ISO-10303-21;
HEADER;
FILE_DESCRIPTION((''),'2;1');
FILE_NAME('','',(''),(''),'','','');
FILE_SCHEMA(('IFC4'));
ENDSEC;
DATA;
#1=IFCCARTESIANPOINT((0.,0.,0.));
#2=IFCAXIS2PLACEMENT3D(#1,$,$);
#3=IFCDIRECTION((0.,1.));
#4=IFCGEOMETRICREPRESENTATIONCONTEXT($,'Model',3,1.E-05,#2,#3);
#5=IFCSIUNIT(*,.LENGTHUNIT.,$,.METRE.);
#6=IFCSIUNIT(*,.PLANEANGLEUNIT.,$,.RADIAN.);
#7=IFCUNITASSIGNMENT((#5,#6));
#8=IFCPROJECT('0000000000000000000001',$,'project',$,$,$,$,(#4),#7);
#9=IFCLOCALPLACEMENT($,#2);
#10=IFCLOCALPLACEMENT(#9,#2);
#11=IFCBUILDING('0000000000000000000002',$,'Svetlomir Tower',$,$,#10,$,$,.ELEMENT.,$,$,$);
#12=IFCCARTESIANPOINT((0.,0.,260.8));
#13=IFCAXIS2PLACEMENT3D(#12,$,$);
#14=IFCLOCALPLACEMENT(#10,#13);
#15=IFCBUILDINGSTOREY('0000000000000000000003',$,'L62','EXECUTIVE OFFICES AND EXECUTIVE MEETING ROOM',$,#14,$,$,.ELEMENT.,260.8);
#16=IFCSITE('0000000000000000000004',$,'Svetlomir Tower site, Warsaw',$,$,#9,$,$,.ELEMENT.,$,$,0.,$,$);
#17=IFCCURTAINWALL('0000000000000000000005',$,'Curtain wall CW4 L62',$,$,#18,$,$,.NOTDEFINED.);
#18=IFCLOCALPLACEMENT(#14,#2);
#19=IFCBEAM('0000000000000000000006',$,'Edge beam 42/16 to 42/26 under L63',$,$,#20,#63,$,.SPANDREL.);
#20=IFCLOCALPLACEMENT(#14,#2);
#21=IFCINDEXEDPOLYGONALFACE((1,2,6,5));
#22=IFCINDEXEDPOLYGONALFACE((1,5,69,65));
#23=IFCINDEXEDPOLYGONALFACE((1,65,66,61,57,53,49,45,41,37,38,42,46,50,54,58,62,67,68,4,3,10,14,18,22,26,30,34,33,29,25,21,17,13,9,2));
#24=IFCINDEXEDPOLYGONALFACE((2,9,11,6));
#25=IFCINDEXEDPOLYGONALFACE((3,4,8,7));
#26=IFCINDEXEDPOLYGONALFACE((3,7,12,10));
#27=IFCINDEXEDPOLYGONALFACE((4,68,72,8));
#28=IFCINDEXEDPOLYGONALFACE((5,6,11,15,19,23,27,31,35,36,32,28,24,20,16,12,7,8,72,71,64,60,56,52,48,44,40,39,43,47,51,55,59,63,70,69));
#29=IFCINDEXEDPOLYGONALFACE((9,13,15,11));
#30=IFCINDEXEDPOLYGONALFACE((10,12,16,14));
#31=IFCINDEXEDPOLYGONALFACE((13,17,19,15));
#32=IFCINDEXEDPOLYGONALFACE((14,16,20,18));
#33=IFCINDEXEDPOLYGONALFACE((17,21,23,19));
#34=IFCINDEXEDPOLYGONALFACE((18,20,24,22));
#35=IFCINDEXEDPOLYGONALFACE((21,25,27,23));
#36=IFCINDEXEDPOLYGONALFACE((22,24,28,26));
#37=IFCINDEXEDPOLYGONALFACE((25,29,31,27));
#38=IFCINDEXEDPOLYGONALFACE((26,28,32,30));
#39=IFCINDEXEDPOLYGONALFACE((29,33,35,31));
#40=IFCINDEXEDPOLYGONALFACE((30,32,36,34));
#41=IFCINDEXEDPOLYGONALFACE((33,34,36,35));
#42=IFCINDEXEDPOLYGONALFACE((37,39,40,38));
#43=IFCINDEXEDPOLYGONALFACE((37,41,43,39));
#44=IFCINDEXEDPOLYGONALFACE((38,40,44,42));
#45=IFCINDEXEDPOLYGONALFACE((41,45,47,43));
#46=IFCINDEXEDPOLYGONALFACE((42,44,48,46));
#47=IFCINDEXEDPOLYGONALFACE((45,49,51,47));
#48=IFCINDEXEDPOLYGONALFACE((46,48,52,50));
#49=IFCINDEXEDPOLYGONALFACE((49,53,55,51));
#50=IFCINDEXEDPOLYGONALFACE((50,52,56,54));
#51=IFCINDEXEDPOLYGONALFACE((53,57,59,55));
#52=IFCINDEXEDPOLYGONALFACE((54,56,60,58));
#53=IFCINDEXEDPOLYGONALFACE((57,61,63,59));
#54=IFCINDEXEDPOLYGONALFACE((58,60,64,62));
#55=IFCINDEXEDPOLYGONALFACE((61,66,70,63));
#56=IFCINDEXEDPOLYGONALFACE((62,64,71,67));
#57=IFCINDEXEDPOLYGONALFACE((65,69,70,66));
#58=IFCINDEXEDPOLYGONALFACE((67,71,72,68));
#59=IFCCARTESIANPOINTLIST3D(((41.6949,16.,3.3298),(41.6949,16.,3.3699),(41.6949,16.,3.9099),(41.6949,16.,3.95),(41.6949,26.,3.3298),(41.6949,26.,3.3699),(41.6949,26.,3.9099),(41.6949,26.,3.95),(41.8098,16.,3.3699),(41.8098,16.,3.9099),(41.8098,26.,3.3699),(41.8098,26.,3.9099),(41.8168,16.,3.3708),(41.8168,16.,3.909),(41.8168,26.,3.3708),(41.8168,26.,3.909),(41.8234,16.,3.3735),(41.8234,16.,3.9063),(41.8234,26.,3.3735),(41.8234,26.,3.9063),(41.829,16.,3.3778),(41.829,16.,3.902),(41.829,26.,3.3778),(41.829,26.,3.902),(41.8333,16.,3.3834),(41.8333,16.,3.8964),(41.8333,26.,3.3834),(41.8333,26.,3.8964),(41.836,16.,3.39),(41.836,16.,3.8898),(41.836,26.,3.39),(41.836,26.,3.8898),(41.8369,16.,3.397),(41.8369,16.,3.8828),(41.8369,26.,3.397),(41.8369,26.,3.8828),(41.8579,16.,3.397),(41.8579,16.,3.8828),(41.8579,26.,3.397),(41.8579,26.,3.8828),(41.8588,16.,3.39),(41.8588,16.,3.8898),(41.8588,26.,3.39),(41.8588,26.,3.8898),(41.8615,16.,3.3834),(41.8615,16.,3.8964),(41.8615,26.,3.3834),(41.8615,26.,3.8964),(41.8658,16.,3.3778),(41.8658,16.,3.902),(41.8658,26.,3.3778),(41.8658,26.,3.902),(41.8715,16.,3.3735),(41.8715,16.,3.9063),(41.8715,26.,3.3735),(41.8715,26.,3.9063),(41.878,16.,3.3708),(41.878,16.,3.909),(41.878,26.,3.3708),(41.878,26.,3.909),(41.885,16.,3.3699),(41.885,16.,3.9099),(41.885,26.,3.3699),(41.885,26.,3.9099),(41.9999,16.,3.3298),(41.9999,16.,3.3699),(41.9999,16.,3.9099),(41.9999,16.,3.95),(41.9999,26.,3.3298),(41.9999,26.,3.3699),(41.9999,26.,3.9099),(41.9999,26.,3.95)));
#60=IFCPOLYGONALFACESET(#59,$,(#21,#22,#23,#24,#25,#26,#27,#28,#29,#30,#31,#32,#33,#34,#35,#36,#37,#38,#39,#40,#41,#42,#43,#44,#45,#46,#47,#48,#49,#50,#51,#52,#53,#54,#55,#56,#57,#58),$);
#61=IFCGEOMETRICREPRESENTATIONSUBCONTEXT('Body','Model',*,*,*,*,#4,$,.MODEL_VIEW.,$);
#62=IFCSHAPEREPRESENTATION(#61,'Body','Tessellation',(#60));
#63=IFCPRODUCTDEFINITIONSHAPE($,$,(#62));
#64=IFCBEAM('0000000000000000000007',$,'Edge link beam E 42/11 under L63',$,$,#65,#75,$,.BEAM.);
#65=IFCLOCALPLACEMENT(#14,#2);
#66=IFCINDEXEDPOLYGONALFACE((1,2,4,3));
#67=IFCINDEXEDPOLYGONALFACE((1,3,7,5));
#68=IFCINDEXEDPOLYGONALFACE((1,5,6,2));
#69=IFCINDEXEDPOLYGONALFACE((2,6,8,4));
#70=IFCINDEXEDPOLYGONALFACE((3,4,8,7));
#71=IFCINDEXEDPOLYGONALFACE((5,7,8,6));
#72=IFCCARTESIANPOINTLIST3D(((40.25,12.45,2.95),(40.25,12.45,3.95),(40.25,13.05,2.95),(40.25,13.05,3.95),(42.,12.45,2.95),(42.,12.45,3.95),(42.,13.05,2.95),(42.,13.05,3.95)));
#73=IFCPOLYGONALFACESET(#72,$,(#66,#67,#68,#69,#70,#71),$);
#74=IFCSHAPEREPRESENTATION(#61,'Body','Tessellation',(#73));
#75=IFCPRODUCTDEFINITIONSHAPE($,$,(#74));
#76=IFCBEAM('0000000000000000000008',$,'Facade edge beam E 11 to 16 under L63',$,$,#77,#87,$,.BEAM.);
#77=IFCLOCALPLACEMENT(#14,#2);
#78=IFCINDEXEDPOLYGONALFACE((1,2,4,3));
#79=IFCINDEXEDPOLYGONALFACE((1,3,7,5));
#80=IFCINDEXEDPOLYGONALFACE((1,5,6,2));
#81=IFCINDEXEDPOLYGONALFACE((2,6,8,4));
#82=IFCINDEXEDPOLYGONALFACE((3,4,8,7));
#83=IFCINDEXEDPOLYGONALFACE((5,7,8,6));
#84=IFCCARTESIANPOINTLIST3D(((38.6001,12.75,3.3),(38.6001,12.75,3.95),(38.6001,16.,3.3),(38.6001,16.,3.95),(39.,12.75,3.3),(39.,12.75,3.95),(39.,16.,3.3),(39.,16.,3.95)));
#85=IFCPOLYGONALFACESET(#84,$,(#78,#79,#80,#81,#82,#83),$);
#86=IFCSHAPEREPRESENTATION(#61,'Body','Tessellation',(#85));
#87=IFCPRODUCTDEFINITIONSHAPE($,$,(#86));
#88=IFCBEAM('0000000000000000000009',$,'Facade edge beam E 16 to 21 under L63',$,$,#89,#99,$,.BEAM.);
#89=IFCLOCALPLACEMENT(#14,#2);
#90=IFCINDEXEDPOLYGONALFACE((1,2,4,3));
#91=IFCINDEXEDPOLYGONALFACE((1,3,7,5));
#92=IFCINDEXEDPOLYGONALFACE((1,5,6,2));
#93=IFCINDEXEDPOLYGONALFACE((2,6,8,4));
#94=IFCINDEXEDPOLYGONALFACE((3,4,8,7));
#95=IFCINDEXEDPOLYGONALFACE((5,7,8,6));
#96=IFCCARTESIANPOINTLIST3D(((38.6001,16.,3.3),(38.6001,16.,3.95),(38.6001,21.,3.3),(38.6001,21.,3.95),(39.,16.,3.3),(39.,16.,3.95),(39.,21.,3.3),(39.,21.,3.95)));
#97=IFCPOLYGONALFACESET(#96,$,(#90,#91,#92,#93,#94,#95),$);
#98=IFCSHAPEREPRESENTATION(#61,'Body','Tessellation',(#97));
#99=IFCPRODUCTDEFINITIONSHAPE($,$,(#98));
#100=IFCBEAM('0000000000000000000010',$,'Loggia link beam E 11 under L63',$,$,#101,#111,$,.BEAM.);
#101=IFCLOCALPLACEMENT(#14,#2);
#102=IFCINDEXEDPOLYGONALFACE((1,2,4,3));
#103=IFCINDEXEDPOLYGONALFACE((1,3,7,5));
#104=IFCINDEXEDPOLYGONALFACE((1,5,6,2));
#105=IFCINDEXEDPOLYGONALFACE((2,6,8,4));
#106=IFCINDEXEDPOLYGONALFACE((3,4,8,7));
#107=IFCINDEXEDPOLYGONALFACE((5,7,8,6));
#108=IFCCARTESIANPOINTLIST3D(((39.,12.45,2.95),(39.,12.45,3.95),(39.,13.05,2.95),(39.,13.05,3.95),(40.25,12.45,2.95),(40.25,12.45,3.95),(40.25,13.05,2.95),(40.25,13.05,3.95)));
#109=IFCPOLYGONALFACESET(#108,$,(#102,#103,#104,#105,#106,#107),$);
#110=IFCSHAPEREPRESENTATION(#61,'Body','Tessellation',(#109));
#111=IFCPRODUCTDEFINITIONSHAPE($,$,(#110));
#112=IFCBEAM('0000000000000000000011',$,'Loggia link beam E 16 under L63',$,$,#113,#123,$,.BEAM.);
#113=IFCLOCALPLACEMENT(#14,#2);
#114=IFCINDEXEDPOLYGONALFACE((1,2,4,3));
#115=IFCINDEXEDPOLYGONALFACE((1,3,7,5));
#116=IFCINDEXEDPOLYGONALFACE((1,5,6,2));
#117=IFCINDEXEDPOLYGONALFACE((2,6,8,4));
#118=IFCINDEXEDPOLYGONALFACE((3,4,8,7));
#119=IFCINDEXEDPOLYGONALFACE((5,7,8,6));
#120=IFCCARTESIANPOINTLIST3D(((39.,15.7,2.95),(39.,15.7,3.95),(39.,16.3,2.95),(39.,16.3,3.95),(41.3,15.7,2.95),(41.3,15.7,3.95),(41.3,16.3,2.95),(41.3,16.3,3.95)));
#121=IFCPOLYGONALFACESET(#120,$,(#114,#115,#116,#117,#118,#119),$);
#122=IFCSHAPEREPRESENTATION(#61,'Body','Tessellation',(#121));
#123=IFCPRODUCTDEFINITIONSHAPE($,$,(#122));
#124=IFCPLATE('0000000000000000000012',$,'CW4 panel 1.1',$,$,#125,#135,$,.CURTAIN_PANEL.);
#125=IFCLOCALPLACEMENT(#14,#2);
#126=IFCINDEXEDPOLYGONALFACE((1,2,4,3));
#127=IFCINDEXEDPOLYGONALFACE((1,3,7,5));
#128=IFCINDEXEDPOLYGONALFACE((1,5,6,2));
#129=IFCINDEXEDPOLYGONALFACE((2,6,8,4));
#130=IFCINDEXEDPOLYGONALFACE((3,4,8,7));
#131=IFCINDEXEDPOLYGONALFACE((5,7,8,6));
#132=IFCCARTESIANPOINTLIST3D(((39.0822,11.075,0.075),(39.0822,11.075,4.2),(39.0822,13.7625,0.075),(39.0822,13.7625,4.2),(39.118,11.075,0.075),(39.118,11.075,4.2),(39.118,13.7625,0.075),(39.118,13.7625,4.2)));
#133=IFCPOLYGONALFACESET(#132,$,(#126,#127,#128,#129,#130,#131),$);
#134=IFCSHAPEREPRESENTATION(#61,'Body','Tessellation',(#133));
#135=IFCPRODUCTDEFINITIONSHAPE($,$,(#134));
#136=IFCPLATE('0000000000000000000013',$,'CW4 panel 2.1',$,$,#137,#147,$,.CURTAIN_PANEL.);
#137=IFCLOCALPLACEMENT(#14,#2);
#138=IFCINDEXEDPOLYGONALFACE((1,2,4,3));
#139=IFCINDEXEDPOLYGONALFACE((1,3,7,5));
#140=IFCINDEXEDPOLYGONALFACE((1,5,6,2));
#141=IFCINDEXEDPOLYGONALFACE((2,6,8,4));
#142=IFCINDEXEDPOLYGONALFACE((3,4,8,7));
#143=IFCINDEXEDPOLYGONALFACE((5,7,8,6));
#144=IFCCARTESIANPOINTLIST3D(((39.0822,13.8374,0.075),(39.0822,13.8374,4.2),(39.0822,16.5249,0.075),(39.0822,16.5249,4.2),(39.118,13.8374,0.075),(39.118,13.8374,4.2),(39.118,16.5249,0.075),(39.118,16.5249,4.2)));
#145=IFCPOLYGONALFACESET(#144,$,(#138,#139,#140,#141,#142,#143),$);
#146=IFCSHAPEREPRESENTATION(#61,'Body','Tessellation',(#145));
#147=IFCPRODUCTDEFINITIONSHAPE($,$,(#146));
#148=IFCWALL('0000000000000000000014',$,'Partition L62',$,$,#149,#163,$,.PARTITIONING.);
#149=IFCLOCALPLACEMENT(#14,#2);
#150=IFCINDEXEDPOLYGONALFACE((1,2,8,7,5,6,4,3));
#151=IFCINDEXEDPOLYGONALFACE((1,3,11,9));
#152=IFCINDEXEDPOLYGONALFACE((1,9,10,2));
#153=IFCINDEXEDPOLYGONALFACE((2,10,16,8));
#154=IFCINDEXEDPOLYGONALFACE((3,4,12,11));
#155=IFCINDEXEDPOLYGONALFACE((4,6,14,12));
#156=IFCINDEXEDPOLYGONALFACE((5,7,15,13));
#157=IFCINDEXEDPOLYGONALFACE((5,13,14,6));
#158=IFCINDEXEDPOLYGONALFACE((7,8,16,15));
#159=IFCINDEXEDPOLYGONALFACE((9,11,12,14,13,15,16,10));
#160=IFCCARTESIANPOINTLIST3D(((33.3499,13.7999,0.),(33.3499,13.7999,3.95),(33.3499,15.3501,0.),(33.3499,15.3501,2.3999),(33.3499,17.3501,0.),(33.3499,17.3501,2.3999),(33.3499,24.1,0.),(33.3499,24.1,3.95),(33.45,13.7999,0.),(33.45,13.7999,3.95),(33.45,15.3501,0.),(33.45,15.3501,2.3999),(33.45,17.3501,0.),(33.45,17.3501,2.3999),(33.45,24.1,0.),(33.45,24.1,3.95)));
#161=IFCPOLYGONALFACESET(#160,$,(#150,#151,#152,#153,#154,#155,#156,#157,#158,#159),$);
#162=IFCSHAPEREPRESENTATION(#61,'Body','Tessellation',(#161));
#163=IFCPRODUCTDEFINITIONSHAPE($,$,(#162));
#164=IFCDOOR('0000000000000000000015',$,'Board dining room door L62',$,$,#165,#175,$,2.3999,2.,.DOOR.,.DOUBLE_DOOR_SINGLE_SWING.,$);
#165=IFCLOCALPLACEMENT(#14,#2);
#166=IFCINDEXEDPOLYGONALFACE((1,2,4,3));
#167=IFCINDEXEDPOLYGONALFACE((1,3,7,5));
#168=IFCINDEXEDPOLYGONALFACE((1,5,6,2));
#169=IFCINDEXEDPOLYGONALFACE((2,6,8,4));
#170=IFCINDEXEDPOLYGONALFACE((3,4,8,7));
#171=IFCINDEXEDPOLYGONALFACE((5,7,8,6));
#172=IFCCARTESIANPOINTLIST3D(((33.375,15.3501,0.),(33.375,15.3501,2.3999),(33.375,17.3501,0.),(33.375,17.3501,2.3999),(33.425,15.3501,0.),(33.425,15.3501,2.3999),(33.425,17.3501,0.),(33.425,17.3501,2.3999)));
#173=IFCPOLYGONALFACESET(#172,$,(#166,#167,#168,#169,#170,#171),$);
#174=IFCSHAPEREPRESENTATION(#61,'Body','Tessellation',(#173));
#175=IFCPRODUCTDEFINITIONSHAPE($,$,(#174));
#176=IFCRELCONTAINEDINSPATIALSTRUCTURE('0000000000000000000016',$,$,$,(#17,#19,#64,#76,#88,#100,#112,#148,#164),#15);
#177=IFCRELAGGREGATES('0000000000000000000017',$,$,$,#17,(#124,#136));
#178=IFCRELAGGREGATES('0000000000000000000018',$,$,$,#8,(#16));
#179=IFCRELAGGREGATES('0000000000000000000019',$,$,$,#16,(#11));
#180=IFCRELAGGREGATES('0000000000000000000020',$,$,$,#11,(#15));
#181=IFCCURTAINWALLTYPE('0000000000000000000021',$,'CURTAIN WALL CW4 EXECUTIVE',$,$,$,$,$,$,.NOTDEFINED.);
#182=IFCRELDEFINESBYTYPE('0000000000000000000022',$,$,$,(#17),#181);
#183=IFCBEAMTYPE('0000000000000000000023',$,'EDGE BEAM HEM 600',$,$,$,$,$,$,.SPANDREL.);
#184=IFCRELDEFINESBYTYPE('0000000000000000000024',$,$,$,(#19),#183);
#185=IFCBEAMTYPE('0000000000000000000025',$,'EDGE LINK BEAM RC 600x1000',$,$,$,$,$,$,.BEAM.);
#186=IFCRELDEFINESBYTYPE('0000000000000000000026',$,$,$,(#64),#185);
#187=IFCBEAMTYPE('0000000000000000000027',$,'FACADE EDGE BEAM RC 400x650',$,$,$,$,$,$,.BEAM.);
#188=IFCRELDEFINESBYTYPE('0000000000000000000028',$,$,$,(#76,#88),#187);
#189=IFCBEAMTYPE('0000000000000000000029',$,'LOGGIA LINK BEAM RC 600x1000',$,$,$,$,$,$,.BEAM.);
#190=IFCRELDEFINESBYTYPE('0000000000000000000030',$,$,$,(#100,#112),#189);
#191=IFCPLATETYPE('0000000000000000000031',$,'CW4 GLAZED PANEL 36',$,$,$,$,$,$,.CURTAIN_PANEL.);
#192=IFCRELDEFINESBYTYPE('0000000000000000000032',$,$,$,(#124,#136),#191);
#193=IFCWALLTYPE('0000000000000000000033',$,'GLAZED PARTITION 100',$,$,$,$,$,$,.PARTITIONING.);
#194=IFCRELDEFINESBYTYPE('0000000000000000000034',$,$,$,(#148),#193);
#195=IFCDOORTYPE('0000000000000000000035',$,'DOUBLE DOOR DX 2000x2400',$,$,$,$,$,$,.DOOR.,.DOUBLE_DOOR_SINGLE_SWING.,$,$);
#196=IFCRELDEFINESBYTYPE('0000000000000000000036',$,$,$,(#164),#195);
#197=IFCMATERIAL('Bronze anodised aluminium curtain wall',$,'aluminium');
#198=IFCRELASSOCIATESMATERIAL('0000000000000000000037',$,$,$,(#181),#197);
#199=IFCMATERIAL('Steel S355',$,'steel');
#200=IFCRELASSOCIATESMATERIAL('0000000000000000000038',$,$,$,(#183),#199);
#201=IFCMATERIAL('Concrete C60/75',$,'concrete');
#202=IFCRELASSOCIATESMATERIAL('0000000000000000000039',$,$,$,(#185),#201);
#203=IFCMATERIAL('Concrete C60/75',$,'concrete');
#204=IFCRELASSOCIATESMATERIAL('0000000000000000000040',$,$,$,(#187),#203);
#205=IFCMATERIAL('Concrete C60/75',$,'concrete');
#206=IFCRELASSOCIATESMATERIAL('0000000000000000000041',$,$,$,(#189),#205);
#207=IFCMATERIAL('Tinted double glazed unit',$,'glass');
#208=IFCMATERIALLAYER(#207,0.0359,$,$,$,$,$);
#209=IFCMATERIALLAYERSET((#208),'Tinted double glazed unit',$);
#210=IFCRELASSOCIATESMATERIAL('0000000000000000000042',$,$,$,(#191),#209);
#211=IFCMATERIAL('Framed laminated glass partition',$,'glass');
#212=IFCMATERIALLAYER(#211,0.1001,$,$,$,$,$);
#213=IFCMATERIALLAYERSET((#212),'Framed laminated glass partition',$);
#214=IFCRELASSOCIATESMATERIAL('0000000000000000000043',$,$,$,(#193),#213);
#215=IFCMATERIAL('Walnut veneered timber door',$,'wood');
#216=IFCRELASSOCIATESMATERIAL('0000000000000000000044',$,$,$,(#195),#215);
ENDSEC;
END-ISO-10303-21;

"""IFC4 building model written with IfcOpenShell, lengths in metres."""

from ifc_helpers import new_model, si_unit, direction, frame, frame_2d, origin, origin_2d, place, context, subcontext, project, spatial, rectangle, i_section, extrude, material, layer, layer_set, material_profile, profile_set, type_object, element, fill, aggregate, save


model = new_model("IFC4")

# Units and contexts
model_context = context("Model", 3, precision=1e-05, world=origin(), true_north=direction((0.0, 1.0)))
body_context = subcontext(model_context, "Body", "Model", "MODEL_VIEW")
ifc_project = project(units=[si_unit("LENGTHUNIT", "METRE"), si_unit("PLANEANGLEUNIT", "RADIAN")], contexts=[model_context])

# Site, building, storey
site_placement = place(None, origin())
site = spatial("IfcSite", under=ifc_project, at=site_placement, Name="Svetlomir Tower site, Warsaw", CompositionType="ELEMENT", RefElevation=0.0)
building_placement = place(site_placement, origin())
building = spatial("IfcBuilding", under=site, at=building_placement, Name="Svetlomir Tower", CompositionType="ELEMENT")
storey_placement = place(building_placement, frame((0.0, 0.0, 260.8)))
storey = spatial("IfcBuildingStorey", under=building, at=storey_placement, Name="L62", Description="EXECUTIVE OFFICES AND EXECUTIVE MEETING ROOM", CompositionType="ELEMENT", Elevation=260.8)

# Curtain wall
ifc_material_1 = material(Name="Bronze anodised aluminium curtain wall", Category="aluminium")
curtain_wall_type = type_object("IfcCurtainWallType", Name="CURTAIN WALL CW4 EXECUTIVE", PredefinedType="NOTDEFINED", material=ifc_material_1)
curtain_wall_1_placement = place(storey_placement, origin())
curtain_wall_1 = element("IfcCurtainWall", 1, at=curtain_wall_1_placement, inside=storey, type_object=curtain_wall_type, Name="Curtain wall CW4 L62", PredefinedType="NOTDEFINED")

# Beams
ifc_material_2 = material(Name="Steel S355", Category="steel")
ifc_material_profile_1 = material_profile(ifc_material_2, i_section(OverallWidth=0.3049, OverallDepth=0.6201, WebThickness=0.021, FlangeThickness=0.04, FilletRadius=0.0271, at=origin_2d()), Name="HEM 600")
ifc_profile_set_1 = profile_set([ifc_material_profile_1], Name="Steel S355")
beam_type_1 = type_object("IfcBeamType", Name="EDGE BEAM HEM 600", PredefinedType="SPANDREL", material=ifc_profile_set_1)
beam_1_placement = place(storey_placement, frame((41.8474, 16.0, 3.6399), z_axis=(0.0, 1.0, 0.0), x_axis=(-1.0, 0.0, 0.0)))
element("IfcBeam", 2, at=beam_1_placement, inside=storey, type_object=beam_type_1, Name="Edge beam 42/16 to 42/26 under L63", PredefinedType="SPANDREL", context=body_context, shape_type="SweptSolid", body=[
    extrude(i_section(OverallWidth=0.3049, OverallDepth=0.6201, WebThickness=0.021, FlangeThickness=0.04, FilletRadius=0.0271, at=origin_2d()), origin(), (0.0, 0.0, 1.0), 10.0),
])
ifc_material_3 = material(Name="Concrete C60/75", Category="concrete")
ifc_material_profile_2 = material_profile(ifc_material_3, rectangle(XDim=0.6001, YDim=1.0, at=origin_2d()), Name="RC 600x1000")
ifc_profile_set_2 = profile_set([ifc_material_profile_2], Name="Concrete C60/75")
beam_type_2 = type_object("IfcBeamType", Name="EDGE LINK BEAM RC 600x1000", PredefinedType="BEAM", material=ifc_profile_set_2)
beam_2_placement = place(storey_placement, frame((40.25, 12.75, 3.45), z_axis=(1.0, 0.0, 0.0), x_axis=(0.0, 1.0, 0.0)))
element("IfcBeam", 3, at=beam_2_placement, inside=storey, type_object=beam_type_2, Name="Edge link beam E 42/11 under L63", PredefinedType="BEAM", context=body_context, shape_type="SweptSolid", body=[
    extrude(rectangle(XDim=0.6001, YDim=1.0, at=origin_2d()), origin(), (0.0, 0.0, 1.0), 1.75),
])
ifc_material_4 = material(Name="Concrete C60/75", Category="concrete")
ifc_material_profile_3 = material_profile(ifc_material_4, rectangle(XDim=0.3999, YDim=0.6499, at=origin_2d()), Name="RC 400x650")
ifc_profile_set_3 = profile_set([ifc_material_profile_3], Name="Concrete C60/75")
beam_type_3 = type_object("IfcBeamType", Name="FACADE EDGE BEAM RC 400x650", PredefinedType="BEAM", material=ifc_profile_set_3)
beam_3_placement = place(storey_placement, frame((38.8, 12.75, 3.625), z_axis=(0.0, 1.0, 0.0), x_axis=(-1.0, 0.0, 0.0)))
element("IfcBeam", 4, at=beam_3_placement, inside=storey, type_object=beam_type_3, Name="Facade edge beam E 11 to 16 under L63", PredefinedType="BEAM", context=body_context, shape_type="SweptSolid", body=[
    extrude(rectangle(XDim=0.3999, YDim=0.6499, at=origin_2d()), origin(), (0.0, 0.0, 1.0), 3.25),
])
beam_4_placement = place(storey_placement, frame((38.8, 16.0, 3.625), z_axis=(0.0, 1.0, 0.0), x_axis=(-1.0, 0.0, 0.0)))
element("IfcBeam", 5, at=beam_4_placement, inside=storey, type_object=beam_type_3, Name="Facade edge beam E 16 to 21 under L63", PredefinedType="BEAM", context=body_context, shape_type="SweptSolid", body=[
    extrude(rectangle(XDim=0.3999, YDim=0.6499, at=origin_2d()), origin(), (0.0, 0.0, 1.0), 5.0),
])
ifc_material_5 = material(Name="Concrete C60/75", Category="concrete")
ifc_material_profile_4 = material_profile(ifc_material_5, rectangle(XDim=0.6001, YDim=1.0, at=origin_2d()), Name="RC 600x1000")
ifc_profile_set_4 = profile_set([ifc_material_profile_4], Name="Concrete C60/75")
beam_type_4 = type_object("IfcBeamType", Name="LOGGIA LINK BEAM RC 600x1000", PredefinedType="BEAM", material=ifc_profile_set_4)
beam_5_placement = place(storey_placement, frame((40.25, 12.75, 3.45), z_axis=(-1.0, 0.0, 0.0), x_axis=(0.0, -1.0, 0.0)))
element("IfcBeam", 6, at=beam_5_placement, inside=storey, type_object=beam_type_4, Name="Loggia link beam E 11 under L63", PredefinedType="BEAM", context=body_context, shape_type="SweptSolid", body=[
    extrude(rectangle(XDim=0.6001, YDim=1.0, at=origin_2d()), origin(), (0.0, 0.0, 1.0), 1.25),
])
beam_6_placement = place(storey_placement, frame((41.3, 16.0, 3.45), z_axis=(-1.0, 0.0, 0.0), x_axis=(0.0, -1.0, 0.0)))
element("IfcBeam", 7, at=beam_6_placement, inside=storey, type_object=beam_type_4, Name="Loggia link beam E 16 under L63", PredefinedType="BEAM", context=body_context, shape_type="SweptSolid", body=[
    extrude(rectangle(XDim=0.6001, YDim=1.0, at=origin_2d()), origin(), (0.0, 0.0, 1.0), 2.3),
])

# Plates
ifc_material_6 = material(Name="Tinted double glazed unit", Category="glass")
ifc_layer_1 = layer(ifc_material_6, 0.0359)
ifc_layer_set_1 = layer_set([ifc_layer_1], Name="Tinted double glazed unit")
plate_type = type_object("IfcPlateType", Name="CW4 GLAZED PANEL 36", PredefinedType="CURTAIN_PANEL", material=ifc_layer_set_1)
plate_1_placement = place(storey_placement, frame((39.1001, 12.4187, 0.075), z_axis=(0.0, 0.0, 1.0), x_axis=(0.0, 1.0, 0.0)))
plate_1 = element("IfcPlate", 8, at=plate_1_placement, type_object=plate_type, Name="CW4 panel 1.1", PredefinedType="CURTAIN_PANEL", context=body_context, shape_type="SweptSolid", body=[
    extrude(rectangle(XDim=2.6875, YDim=0.0359, at=origin_2d()), origin(), (0.0, 0.0, 1.0), 4.125),
])
plate_2_placement = place(storey_placement, frame((39.1001, 15.1812, 0.075), z_axis=(0.0, 0.0, 1.0), x_axis=(0.0, 1.0, 0.0)))
plate_2 = element("IfcPlate", 9, at=plate_2_placement, type_object=plate_type, Name="CW4 panel 2.1", PredefinedType="CURTAIN_PANEL", context=body_context, shape_type="SweptSolid", body=[
    extrude(rectangle(XDim=2.6875, YDim=0.0359, at=origin_2d()), origin(), (0.0, 0.0, 1.0), 4.125),
])
aggregate(curtain_wall_1, [plate_1, plate_2])

# Wall, opening, door
ifc_material_7 = material(Name="Framed laminated glass partition", Category="glass")
ifc_layer_2 = layer(ifc_material_7, 0.1001)
ifc_layer_set_2 = layer_set([ifc_layer_2], Name="Framed laminated glass partition")
wall_type_1 = type_object("IfcWallType", Name="GLAZED PARTITION 100", PredefinedType="PARTITIONING", material=ifc_layer_set_2)
wall_1_placement = place(storey_placement, frame((33.3999, 13.8, 0.0), z_axis=(0.0, 0.0, 1.0), x_axis=(0.0, 1.0, 0.0)))
wall_1 = element("IfcWall", 10, at=wall_1_placement, inside=storey, type_object=wall_type_1, Name="Partition L62", PredefinedType="PARTITIONING", context=body_context, shape_type="SweptSolid", body=[
    extrude(rectangle(XDim=10.3, YDim=0.1001, at=frame_2d((5.1499, 0.0))), origin(), (0.0, 0.0, 1.0), 3.95),
])
opening_1_placement = place(wall_1_placement, frame((1.55, 0.0, 0.0)))
opening_1 = element("IfcOpeningElement", 11, at=opening_1_placement, cuts=wall_1, PredefinedType="OPENING", context=body_context, shape_type="SweptSolid", body=[
    extrude(rectangle(XDim=2.0, YDim=2.3999, at=frame_2d((1.0, 1.2))), frame((0.0, 0.0601, 0.0), z_axis=(0.0, -1.0, 0.0), x_axis=(1.0, 0.0, 0.0)), (0.0, 0.0, 1.0), 0.1201),
])
ifc_material_8 = material(Name="Walnut veneered timber door", Category="wood")
door_type_1 = type_object("IfcDoorType", Name="DOUBLE DOOR DX 2000x2400", OperationType="DOUBLE_DOOR_SINGLE_SWING", PredefinedType="DOOR", material=ifc_material_8)
door_1_placement = place(opening_1_placement, origin())
door_1 = element("IfcDoor", 12, at=door_1_placement, inside=storey, type_object=door_type_1, Name="Board dining room door L62", OperationType="DOUBLE_DOOR_SINGLE_SWING", OverallHeight=2.3999, OverallWidth=2.0, PredefinedType="DOOR", context=body_context, shape_type="SweptSolid", body=[
    extrude(rectangle(XDim=2.0, YDim=2.3999, at=frame_2d((1.0, 1.2))), frame((0.0, 0.0249, 0.0), z_axis=(0.0, -1.0, 0.0), x_axis=(1.0, 0.0, 0.0)), (0.0, 0.0, 1.0), 0.05),
])
fill(opening_1, door_1)

save(model, "model.ifc")
